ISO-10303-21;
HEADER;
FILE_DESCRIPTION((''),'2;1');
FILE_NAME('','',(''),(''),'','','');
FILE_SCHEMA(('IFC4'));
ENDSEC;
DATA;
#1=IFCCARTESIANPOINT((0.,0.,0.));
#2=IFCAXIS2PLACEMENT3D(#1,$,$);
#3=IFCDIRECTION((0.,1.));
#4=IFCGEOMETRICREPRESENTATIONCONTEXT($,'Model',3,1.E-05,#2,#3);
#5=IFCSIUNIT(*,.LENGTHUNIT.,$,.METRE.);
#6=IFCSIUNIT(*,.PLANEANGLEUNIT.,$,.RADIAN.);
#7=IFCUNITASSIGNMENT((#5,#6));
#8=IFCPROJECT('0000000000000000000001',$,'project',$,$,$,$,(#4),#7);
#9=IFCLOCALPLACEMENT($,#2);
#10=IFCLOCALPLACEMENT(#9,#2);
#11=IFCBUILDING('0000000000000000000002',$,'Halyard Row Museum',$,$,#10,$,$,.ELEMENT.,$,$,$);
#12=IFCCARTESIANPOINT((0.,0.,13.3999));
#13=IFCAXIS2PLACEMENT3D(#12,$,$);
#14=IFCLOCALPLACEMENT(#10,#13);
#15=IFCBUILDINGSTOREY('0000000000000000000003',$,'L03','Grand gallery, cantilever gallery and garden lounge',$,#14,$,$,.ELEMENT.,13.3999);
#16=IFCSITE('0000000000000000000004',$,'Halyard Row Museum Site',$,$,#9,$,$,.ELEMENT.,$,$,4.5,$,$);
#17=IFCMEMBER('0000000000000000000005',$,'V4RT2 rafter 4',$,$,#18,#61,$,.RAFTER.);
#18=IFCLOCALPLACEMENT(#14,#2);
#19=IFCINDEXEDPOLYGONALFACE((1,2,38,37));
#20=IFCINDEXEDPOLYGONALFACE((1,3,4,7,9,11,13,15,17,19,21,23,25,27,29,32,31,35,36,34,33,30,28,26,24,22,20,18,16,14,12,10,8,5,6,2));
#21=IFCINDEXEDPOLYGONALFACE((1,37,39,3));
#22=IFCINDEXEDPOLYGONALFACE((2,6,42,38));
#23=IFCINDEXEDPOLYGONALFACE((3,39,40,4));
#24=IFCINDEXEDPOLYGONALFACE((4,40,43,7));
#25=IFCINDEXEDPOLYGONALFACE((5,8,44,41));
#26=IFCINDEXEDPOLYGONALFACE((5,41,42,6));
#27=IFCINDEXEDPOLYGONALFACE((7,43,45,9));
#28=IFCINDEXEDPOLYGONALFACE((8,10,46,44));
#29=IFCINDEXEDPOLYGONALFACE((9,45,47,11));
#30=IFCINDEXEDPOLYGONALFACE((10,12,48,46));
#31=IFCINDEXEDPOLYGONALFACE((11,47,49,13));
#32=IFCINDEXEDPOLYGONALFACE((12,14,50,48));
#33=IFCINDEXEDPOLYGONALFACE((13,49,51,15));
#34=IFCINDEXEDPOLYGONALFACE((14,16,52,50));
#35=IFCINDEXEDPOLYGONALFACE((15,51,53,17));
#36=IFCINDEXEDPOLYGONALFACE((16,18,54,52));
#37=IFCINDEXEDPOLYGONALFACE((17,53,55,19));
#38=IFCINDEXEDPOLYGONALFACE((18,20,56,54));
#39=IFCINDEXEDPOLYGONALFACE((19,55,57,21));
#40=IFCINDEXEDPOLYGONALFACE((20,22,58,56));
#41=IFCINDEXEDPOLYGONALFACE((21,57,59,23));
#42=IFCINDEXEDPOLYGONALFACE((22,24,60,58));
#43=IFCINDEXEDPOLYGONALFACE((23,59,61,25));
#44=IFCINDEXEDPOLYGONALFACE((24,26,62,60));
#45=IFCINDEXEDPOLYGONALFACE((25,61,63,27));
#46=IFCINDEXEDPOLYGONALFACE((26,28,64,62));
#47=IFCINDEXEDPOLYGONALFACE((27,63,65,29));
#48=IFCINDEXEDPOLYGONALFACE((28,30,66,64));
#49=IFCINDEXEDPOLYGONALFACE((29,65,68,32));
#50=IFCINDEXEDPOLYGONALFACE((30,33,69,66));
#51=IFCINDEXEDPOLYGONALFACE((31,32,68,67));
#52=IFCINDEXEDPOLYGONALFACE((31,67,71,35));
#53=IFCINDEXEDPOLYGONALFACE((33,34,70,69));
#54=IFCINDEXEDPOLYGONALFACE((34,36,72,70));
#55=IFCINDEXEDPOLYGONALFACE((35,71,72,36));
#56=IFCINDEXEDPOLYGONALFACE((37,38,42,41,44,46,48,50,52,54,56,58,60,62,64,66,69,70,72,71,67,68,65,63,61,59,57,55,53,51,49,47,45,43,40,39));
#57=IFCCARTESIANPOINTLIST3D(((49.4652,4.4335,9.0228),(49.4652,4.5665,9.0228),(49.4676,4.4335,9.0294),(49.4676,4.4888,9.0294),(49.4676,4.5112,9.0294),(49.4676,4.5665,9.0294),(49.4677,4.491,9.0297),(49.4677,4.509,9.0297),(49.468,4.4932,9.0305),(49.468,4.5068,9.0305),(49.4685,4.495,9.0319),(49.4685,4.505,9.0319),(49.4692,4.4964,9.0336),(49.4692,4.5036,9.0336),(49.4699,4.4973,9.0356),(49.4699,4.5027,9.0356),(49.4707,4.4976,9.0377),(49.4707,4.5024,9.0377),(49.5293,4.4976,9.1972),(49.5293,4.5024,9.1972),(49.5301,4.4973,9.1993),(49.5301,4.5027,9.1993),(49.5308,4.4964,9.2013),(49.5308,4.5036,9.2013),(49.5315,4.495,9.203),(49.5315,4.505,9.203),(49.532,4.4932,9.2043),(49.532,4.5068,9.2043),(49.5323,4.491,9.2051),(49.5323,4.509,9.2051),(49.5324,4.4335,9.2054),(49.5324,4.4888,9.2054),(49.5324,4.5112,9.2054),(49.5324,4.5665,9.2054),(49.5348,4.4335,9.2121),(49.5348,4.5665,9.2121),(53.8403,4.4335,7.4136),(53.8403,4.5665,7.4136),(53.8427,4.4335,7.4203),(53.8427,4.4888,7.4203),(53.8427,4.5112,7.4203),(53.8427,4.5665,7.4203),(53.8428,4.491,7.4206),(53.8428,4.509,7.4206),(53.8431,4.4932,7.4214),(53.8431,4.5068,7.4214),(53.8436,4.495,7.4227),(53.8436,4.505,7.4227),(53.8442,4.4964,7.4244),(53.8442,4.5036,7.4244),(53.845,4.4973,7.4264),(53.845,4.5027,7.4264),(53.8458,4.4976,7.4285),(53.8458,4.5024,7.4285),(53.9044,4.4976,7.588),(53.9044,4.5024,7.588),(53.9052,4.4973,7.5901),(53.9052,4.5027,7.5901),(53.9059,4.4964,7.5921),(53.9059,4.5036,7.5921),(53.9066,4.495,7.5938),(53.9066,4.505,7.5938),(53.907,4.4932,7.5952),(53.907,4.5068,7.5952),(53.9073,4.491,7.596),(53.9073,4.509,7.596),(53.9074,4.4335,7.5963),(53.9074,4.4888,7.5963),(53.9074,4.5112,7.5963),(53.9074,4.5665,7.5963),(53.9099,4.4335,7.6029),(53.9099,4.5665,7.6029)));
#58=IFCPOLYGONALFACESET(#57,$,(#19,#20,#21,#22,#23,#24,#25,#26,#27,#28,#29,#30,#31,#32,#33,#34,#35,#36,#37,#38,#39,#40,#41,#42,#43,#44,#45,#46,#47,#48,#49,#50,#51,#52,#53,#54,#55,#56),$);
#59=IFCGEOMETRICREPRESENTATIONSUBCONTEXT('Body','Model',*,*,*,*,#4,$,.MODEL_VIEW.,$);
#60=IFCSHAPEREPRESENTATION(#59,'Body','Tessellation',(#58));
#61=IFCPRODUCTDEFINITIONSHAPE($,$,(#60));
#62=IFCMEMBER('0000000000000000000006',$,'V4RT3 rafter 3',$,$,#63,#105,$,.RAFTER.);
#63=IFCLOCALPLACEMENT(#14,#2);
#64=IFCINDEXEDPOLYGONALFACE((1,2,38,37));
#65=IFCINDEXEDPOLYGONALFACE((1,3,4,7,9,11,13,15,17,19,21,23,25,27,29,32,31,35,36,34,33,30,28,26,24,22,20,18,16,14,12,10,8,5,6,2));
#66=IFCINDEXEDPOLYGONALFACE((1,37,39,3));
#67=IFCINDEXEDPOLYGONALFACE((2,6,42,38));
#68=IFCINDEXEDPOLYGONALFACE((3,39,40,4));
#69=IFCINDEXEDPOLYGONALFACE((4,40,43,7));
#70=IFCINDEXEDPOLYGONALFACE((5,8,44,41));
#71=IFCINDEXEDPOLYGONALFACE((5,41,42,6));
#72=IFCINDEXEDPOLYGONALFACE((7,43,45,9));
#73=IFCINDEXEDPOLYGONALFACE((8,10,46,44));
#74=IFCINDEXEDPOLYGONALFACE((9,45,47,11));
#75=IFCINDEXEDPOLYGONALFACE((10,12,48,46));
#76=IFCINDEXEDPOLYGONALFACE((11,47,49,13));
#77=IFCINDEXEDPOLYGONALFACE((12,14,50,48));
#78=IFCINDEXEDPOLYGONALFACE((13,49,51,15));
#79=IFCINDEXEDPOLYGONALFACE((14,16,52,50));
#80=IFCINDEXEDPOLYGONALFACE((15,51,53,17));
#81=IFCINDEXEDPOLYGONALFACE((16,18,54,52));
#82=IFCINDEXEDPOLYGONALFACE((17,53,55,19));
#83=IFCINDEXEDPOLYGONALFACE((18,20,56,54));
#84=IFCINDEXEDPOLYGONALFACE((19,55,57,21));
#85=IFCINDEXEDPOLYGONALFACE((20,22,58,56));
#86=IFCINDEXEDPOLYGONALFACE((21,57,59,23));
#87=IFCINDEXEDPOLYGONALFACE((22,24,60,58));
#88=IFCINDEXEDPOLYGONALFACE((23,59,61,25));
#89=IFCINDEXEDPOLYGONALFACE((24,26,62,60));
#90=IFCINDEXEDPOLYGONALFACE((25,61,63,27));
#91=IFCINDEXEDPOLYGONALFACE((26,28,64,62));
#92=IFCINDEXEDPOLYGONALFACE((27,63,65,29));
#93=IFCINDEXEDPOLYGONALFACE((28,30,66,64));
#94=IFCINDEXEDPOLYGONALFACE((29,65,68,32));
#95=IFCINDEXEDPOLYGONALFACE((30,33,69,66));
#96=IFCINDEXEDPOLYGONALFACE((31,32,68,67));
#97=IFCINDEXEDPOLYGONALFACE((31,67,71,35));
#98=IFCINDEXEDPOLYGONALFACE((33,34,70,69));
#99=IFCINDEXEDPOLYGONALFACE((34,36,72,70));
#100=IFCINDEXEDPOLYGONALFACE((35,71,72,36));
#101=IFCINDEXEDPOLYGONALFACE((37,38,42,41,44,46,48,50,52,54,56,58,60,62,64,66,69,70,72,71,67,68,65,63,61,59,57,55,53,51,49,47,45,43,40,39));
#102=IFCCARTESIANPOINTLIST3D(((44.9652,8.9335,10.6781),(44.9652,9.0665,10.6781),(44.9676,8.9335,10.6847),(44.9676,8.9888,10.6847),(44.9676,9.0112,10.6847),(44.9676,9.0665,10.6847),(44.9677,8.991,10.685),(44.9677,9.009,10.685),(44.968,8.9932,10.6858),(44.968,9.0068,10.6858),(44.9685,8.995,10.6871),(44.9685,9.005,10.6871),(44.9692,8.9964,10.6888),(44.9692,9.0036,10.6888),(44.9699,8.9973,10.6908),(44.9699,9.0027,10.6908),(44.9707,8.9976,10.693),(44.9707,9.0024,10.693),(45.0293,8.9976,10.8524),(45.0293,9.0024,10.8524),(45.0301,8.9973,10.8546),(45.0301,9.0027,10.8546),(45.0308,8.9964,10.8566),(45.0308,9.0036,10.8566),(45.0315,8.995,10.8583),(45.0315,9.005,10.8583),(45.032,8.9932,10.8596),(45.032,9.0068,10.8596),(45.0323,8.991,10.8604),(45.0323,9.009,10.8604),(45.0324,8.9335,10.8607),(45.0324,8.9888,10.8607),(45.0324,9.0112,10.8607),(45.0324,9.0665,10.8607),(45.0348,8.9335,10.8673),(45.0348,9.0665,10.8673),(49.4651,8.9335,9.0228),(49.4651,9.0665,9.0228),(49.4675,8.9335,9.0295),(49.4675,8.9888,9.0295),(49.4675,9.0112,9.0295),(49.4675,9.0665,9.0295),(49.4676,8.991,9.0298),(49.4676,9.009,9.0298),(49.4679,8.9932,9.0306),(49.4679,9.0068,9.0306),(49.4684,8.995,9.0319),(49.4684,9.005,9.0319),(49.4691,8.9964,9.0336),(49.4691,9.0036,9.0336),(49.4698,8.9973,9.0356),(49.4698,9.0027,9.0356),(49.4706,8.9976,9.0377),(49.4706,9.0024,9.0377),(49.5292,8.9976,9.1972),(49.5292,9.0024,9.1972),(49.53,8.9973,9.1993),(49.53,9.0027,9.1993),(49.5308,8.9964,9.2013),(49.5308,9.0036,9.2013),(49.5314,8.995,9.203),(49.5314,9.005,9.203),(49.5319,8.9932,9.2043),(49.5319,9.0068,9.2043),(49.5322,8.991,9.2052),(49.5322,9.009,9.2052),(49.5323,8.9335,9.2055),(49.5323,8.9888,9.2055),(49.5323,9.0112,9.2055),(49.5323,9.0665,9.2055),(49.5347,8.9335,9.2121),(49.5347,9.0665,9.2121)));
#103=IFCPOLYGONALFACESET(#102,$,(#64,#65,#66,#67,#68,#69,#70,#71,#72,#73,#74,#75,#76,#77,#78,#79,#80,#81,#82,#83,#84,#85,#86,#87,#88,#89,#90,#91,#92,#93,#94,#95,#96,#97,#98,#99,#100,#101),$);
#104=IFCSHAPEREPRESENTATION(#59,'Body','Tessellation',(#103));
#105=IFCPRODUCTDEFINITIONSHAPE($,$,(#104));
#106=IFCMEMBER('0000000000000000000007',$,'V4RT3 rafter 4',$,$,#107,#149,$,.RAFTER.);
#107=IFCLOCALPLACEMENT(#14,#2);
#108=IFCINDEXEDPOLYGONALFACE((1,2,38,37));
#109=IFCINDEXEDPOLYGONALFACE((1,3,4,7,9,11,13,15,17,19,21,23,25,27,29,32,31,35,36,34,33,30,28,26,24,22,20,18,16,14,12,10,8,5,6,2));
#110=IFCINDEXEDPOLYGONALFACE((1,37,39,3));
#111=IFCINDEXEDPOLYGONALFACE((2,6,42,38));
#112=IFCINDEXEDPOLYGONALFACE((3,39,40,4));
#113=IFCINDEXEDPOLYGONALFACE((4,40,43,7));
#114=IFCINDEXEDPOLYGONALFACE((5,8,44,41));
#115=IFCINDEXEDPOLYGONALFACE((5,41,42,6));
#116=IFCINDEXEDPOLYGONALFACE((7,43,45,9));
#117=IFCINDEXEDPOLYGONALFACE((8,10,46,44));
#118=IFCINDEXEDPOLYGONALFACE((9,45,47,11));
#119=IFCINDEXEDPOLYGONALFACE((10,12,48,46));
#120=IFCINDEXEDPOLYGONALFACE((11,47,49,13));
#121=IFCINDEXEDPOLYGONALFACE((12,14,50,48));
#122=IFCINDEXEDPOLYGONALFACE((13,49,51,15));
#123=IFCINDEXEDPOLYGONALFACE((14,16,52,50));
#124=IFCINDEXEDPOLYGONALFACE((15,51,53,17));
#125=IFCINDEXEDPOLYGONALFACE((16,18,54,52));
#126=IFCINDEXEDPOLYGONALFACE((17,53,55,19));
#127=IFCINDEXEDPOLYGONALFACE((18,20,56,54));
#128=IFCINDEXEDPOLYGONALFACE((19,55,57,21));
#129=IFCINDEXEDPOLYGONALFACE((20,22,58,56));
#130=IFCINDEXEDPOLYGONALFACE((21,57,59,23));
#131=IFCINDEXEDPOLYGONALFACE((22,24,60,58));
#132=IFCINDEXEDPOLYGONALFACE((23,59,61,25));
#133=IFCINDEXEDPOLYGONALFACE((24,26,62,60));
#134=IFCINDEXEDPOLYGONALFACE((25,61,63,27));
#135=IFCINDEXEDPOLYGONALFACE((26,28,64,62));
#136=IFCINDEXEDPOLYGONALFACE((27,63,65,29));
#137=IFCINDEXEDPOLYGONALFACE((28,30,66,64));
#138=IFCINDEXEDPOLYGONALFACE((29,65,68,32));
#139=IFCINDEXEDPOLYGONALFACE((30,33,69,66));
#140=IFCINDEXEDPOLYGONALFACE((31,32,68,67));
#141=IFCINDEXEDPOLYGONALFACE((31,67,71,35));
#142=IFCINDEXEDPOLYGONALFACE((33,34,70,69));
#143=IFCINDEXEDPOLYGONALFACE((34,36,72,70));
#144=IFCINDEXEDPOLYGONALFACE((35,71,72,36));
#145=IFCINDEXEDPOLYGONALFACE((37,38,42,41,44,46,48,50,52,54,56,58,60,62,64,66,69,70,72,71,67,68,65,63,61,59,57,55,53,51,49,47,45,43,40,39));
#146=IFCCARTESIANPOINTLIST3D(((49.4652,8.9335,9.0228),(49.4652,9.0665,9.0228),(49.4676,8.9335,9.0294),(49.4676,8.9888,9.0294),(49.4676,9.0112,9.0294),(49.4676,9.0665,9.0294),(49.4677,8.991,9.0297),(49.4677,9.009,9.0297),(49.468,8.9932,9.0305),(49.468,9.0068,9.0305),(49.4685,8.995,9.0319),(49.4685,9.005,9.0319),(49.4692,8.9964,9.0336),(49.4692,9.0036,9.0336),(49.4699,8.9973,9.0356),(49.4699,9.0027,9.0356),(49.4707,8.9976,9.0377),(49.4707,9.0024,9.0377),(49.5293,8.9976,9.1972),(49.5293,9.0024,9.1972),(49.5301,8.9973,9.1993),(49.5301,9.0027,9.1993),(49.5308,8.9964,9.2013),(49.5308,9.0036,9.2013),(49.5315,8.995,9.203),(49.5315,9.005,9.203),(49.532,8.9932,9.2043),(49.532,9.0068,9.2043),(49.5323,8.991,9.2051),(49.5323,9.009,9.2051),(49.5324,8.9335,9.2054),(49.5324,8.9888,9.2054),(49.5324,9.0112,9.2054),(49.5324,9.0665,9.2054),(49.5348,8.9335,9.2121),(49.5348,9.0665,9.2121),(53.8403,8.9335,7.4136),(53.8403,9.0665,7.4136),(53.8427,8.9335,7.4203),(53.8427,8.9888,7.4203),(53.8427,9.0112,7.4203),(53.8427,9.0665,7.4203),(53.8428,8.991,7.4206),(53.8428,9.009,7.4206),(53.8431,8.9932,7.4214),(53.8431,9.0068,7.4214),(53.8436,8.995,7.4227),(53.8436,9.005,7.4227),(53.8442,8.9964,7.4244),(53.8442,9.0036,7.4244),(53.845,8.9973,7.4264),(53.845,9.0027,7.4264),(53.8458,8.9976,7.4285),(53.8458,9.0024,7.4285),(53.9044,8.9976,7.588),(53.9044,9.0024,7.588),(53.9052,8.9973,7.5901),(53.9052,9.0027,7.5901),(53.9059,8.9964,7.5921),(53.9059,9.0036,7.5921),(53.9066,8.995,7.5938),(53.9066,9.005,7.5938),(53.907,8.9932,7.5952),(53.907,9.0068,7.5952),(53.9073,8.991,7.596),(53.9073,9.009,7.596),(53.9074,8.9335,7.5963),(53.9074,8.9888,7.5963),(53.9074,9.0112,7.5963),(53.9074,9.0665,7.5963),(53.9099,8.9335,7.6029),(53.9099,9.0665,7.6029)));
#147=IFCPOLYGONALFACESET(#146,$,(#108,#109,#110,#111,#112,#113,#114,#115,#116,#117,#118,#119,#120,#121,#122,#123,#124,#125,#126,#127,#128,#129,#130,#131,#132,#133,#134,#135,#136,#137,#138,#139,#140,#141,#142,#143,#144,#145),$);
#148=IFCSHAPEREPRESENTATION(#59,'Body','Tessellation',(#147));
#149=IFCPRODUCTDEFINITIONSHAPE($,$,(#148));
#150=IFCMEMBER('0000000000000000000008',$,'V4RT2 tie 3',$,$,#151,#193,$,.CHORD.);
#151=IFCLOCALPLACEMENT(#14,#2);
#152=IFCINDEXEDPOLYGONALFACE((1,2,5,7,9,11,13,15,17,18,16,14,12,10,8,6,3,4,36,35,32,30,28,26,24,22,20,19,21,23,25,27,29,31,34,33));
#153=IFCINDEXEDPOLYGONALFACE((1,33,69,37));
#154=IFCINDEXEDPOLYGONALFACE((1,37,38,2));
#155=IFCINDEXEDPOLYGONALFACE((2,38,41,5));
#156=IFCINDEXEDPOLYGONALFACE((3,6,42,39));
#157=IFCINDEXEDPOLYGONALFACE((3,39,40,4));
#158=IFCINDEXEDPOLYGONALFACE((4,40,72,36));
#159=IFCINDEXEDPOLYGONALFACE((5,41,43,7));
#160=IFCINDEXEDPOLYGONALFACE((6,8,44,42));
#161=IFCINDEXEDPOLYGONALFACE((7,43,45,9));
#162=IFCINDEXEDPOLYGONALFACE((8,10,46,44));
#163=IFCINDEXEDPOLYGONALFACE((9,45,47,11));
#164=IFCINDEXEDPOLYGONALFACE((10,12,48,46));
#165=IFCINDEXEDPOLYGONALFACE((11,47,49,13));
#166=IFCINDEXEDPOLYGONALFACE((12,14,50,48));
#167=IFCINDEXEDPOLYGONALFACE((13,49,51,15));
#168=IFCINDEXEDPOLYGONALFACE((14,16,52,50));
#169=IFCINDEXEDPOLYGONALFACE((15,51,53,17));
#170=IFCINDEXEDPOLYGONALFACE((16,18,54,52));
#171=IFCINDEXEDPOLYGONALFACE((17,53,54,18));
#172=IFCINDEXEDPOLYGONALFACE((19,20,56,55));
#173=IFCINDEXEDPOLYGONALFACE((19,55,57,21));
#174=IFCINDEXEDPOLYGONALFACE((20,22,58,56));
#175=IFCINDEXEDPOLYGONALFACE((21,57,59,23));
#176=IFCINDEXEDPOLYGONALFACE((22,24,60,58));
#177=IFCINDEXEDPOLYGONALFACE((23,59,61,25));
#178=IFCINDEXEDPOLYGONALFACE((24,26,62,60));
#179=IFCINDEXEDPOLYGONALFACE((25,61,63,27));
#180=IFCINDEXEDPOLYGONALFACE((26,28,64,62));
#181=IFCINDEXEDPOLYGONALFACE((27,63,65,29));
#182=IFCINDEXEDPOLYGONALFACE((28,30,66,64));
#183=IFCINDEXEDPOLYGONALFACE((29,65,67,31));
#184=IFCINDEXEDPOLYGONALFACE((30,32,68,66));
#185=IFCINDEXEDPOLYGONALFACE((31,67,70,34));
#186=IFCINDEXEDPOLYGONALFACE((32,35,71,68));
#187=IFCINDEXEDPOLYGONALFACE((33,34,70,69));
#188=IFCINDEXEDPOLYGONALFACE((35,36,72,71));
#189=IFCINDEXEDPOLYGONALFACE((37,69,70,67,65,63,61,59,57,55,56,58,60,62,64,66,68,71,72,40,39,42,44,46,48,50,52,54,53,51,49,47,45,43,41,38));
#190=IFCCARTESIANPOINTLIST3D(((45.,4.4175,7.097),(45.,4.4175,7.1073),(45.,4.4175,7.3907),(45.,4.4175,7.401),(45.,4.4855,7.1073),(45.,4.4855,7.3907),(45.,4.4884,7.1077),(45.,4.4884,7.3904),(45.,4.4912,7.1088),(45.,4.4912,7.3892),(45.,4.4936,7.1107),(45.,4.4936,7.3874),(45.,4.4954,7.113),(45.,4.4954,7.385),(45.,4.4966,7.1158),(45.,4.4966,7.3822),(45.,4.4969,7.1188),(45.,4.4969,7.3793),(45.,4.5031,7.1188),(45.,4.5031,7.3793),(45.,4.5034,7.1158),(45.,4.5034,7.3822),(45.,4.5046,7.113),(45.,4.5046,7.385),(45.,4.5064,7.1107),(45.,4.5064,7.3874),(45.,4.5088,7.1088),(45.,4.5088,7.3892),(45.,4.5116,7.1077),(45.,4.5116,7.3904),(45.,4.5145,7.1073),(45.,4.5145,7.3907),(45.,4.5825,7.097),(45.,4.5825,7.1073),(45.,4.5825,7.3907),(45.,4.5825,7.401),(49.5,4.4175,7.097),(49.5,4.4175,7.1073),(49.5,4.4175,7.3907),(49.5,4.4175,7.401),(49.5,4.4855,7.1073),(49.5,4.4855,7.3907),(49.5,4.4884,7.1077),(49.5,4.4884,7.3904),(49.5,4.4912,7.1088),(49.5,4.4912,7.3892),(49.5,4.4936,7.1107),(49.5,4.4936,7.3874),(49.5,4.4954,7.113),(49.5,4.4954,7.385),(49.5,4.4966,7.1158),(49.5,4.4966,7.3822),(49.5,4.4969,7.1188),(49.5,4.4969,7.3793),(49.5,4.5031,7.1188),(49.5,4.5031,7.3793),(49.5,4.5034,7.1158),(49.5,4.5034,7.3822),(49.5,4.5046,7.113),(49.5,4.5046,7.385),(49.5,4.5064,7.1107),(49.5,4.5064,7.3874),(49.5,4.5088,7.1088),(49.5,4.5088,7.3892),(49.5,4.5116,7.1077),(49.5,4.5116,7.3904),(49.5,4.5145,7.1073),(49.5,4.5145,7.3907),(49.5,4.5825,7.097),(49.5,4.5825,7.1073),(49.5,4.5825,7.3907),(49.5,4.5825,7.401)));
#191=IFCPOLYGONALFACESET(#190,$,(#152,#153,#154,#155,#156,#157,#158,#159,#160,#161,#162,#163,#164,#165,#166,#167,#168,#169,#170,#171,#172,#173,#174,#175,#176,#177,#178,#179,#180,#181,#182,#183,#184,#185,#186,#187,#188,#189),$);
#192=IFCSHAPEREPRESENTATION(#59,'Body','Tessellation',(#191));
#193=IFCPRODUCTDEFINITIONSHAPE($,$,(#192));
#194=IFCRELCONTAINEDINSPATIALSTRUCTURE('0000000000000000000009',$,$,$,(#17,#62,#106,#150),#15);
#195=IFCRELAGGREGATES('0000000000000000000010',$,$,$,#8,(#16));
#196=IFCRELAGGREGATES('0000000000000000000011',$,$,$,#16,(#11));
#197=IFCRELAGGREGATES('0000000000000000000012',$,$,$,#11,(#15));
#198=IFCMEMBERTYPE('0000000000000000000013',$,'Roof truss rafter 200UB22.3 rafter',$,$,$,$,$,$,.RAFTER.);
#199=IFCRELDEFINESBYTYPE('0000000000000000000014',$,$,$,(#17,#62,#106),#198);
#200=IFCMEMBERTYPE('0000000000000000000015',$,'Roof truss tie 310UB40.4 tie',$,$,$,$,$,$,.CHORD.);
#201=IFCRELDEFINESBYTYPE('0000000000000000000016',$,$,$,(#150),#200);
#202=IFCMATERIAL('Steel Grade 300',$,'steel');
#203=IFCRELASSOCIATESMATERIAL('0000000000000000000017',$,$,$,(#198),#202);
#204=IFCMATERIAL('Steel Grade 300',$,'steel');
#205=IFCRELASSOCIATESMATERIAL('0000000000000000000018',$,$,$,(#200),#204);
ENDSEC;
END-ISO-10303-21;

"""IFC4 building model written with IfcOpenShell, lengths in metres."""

from ifc_helpers import new_model, si_unit, direction, frame, origin, origin_2d, place, context, subcontext, project, spatial, i_section, extrude, material, material_profile, profile_set, type_object, element, save


model = new_model("IFC4")

# Units and contexts
model_context = context("Model", 3, precision=1e-05, world=origin(), true_north=direction((0.0, 1.0)))
body_context = subcontext(model_context, "Body", "Model", "MODEL_VIEW")
ifc_project = project(units=[si_unit("LENGTHUNIT", "METRE"), si_unit("PLANEANGLEUNIT", "RADIAN")], contexts=[model_context])

# Site, building, storey
site_placement = place(None, origin())
site = spatial("IfcSite", under=ifc_project, at=site_placement, Name="Halyard Row Museum Site", CompositionType="ELEMENT", RefElevation=4.5)
building_placement = place(site_placement, origin())
building = spatial("IfcBuilding", under=site, at=building_placement, Name="Halyard Row Museum", CompositionType="ELEMENT")
storey_placement = place(building_placement, frame((0.0, 0.0, 13.3999)))
storey = spatial("IfcBuildingStorey", under=building, at=storey_placement, Name="L03", Description="Grand gallery, cantilever gallery and garden lounge", CompositionType="ELEMENT", Elevation=13.3999)

# Members
ifc_material_1 = material(Name="Steel Grade 300", Category="steel")
ifc_material_profile_1 = material_profile(ifc_material_1, i_section(OverallWidth=0.1331, OverallDepth=0.2017, WebThickness=0.0049, FlangeThickness=0.0071, FilletRadius=0.0088, at=origin_2d()), Name="200UB22.3")
ifc_profile_set_1 = profile_set([ifc_material_profile_1], Name="Steel Grade 300")
member_type_1 = type_object("IfcMemberType", Name="Roof truss rafter 200UB22.3 rafter", PredefinedType="RAFTER", material=ifc_profile_set_1)
member_1_placement = place(storey_placement, frame((49.5, 4.5, 9.1174), z_axis=(0.938532, 0.0, -0.345193), x_axis=(0.0, 1.0, 0.0)))
element("IfcMember", 1, at=member_1_placement, inside=storey, type_object=member_type_1, Name="V4RT2 rafter 4", PredefinedType="RAFTER", context=body_context, shape_type="SweptSolid", body=[
    extrude(i_section(OverallWidth=0.1331, OverallDepth=0.2017, WebThickness=0.0049, FlangeThickness=0.0071, FilletRadius=0.0088, at=origin_2d()), origin(), (0.0, 0.0, 1.0), 4.6616),
])
member_2_placement = place(storey_placement, frame((45.0, 9.0, 10.7727), z_axis=(0.93852, 0.0, -0.345224), x_axis=(0.0, 1.0, 0.0)))
element("IfcMember", 2, at=member_2_placement, inside=storey, type_object=member_type_1, Name="V4RT3 rafter 3", PredefinedType="RAFTER", context=body_context, shape_type="SweptSolid", body=[
    extrude(i_section(OverallWidth=0.1331, OverallDepth=0.2017, WebThickness=0.0049, FlangeThickness=0.0071, FilletRadius=0.0088, at=origin_2d()), origin(), (0.0, 0.0, 1.0), 4.7947),
])
member_3_placement = place(storey_placement, frame((49.5, 9.0, 9.1174), z_axis=(0.938532, 0.0, -0.345193), x_axis=(0.0, 1.0, 0.0)))
element("IfcMember", 3, at=member_3_placement, inside=storey, type_object=member_type_1, Name="V4RT3 rafter 4", PredefinedType="RAFTER", context=body_context, shape_type="SweptSolid", body=[
    extrude(i_section(OverallWidth=0.1331, OverallDepth=0.2017, WebThickness=0.0049, FlangeThickness=0.0071, FilletRadius=0.0088, at=origin_2d()), origin(), (0.0, 0.0, 1.0), 4.6616),
])
ifc_material_2 = material(Name="Steel Grade 300", Category="steel")
ifc_material_profile_2 = material_profile(ifc_material_2, i_section(OverallWidth=0.165, OverallDepth=0.304, WebThickness=0.0061, FlangeThickness=0.0103, FilletRadius=0.0115, at=origin_2d()), Name="310UB40.4")
ifc_profile_set_2 = profile_set([ifc_material_profile_2], Name="Steel Grade 300")
member_type_2 = type_object("IfcMemberType", Name="Roof truss tie 310UB40.4 tie", PredefinedType="CHORD", material=ifc_profile_set_2)
member_4_placement = place(storey_placement, frame((45.0, 4.5, 7.249), z_axis=(1.0, 0.0, 0.0), x_axis=(0.0, 1.0, 0.0)))
element("IfcMember", 4, at=member_4_placement, inside=storey, type_object=member_type_2, Name="V4RT2 tie 3", PredefinedType="CHORD", context=body_context, shape_type="SweptSolid", body=[
    extrude(i_section(OverallWidth=0.165, OverallDepth=0.304, WebThickness=0.0061, FlangeThickness=0.0103, FilletRadius=0.0115, at=origin_2d()), origin(), (0.0, 0.0, 1.0), 4.5),
])

save(model, "model.ifc")
